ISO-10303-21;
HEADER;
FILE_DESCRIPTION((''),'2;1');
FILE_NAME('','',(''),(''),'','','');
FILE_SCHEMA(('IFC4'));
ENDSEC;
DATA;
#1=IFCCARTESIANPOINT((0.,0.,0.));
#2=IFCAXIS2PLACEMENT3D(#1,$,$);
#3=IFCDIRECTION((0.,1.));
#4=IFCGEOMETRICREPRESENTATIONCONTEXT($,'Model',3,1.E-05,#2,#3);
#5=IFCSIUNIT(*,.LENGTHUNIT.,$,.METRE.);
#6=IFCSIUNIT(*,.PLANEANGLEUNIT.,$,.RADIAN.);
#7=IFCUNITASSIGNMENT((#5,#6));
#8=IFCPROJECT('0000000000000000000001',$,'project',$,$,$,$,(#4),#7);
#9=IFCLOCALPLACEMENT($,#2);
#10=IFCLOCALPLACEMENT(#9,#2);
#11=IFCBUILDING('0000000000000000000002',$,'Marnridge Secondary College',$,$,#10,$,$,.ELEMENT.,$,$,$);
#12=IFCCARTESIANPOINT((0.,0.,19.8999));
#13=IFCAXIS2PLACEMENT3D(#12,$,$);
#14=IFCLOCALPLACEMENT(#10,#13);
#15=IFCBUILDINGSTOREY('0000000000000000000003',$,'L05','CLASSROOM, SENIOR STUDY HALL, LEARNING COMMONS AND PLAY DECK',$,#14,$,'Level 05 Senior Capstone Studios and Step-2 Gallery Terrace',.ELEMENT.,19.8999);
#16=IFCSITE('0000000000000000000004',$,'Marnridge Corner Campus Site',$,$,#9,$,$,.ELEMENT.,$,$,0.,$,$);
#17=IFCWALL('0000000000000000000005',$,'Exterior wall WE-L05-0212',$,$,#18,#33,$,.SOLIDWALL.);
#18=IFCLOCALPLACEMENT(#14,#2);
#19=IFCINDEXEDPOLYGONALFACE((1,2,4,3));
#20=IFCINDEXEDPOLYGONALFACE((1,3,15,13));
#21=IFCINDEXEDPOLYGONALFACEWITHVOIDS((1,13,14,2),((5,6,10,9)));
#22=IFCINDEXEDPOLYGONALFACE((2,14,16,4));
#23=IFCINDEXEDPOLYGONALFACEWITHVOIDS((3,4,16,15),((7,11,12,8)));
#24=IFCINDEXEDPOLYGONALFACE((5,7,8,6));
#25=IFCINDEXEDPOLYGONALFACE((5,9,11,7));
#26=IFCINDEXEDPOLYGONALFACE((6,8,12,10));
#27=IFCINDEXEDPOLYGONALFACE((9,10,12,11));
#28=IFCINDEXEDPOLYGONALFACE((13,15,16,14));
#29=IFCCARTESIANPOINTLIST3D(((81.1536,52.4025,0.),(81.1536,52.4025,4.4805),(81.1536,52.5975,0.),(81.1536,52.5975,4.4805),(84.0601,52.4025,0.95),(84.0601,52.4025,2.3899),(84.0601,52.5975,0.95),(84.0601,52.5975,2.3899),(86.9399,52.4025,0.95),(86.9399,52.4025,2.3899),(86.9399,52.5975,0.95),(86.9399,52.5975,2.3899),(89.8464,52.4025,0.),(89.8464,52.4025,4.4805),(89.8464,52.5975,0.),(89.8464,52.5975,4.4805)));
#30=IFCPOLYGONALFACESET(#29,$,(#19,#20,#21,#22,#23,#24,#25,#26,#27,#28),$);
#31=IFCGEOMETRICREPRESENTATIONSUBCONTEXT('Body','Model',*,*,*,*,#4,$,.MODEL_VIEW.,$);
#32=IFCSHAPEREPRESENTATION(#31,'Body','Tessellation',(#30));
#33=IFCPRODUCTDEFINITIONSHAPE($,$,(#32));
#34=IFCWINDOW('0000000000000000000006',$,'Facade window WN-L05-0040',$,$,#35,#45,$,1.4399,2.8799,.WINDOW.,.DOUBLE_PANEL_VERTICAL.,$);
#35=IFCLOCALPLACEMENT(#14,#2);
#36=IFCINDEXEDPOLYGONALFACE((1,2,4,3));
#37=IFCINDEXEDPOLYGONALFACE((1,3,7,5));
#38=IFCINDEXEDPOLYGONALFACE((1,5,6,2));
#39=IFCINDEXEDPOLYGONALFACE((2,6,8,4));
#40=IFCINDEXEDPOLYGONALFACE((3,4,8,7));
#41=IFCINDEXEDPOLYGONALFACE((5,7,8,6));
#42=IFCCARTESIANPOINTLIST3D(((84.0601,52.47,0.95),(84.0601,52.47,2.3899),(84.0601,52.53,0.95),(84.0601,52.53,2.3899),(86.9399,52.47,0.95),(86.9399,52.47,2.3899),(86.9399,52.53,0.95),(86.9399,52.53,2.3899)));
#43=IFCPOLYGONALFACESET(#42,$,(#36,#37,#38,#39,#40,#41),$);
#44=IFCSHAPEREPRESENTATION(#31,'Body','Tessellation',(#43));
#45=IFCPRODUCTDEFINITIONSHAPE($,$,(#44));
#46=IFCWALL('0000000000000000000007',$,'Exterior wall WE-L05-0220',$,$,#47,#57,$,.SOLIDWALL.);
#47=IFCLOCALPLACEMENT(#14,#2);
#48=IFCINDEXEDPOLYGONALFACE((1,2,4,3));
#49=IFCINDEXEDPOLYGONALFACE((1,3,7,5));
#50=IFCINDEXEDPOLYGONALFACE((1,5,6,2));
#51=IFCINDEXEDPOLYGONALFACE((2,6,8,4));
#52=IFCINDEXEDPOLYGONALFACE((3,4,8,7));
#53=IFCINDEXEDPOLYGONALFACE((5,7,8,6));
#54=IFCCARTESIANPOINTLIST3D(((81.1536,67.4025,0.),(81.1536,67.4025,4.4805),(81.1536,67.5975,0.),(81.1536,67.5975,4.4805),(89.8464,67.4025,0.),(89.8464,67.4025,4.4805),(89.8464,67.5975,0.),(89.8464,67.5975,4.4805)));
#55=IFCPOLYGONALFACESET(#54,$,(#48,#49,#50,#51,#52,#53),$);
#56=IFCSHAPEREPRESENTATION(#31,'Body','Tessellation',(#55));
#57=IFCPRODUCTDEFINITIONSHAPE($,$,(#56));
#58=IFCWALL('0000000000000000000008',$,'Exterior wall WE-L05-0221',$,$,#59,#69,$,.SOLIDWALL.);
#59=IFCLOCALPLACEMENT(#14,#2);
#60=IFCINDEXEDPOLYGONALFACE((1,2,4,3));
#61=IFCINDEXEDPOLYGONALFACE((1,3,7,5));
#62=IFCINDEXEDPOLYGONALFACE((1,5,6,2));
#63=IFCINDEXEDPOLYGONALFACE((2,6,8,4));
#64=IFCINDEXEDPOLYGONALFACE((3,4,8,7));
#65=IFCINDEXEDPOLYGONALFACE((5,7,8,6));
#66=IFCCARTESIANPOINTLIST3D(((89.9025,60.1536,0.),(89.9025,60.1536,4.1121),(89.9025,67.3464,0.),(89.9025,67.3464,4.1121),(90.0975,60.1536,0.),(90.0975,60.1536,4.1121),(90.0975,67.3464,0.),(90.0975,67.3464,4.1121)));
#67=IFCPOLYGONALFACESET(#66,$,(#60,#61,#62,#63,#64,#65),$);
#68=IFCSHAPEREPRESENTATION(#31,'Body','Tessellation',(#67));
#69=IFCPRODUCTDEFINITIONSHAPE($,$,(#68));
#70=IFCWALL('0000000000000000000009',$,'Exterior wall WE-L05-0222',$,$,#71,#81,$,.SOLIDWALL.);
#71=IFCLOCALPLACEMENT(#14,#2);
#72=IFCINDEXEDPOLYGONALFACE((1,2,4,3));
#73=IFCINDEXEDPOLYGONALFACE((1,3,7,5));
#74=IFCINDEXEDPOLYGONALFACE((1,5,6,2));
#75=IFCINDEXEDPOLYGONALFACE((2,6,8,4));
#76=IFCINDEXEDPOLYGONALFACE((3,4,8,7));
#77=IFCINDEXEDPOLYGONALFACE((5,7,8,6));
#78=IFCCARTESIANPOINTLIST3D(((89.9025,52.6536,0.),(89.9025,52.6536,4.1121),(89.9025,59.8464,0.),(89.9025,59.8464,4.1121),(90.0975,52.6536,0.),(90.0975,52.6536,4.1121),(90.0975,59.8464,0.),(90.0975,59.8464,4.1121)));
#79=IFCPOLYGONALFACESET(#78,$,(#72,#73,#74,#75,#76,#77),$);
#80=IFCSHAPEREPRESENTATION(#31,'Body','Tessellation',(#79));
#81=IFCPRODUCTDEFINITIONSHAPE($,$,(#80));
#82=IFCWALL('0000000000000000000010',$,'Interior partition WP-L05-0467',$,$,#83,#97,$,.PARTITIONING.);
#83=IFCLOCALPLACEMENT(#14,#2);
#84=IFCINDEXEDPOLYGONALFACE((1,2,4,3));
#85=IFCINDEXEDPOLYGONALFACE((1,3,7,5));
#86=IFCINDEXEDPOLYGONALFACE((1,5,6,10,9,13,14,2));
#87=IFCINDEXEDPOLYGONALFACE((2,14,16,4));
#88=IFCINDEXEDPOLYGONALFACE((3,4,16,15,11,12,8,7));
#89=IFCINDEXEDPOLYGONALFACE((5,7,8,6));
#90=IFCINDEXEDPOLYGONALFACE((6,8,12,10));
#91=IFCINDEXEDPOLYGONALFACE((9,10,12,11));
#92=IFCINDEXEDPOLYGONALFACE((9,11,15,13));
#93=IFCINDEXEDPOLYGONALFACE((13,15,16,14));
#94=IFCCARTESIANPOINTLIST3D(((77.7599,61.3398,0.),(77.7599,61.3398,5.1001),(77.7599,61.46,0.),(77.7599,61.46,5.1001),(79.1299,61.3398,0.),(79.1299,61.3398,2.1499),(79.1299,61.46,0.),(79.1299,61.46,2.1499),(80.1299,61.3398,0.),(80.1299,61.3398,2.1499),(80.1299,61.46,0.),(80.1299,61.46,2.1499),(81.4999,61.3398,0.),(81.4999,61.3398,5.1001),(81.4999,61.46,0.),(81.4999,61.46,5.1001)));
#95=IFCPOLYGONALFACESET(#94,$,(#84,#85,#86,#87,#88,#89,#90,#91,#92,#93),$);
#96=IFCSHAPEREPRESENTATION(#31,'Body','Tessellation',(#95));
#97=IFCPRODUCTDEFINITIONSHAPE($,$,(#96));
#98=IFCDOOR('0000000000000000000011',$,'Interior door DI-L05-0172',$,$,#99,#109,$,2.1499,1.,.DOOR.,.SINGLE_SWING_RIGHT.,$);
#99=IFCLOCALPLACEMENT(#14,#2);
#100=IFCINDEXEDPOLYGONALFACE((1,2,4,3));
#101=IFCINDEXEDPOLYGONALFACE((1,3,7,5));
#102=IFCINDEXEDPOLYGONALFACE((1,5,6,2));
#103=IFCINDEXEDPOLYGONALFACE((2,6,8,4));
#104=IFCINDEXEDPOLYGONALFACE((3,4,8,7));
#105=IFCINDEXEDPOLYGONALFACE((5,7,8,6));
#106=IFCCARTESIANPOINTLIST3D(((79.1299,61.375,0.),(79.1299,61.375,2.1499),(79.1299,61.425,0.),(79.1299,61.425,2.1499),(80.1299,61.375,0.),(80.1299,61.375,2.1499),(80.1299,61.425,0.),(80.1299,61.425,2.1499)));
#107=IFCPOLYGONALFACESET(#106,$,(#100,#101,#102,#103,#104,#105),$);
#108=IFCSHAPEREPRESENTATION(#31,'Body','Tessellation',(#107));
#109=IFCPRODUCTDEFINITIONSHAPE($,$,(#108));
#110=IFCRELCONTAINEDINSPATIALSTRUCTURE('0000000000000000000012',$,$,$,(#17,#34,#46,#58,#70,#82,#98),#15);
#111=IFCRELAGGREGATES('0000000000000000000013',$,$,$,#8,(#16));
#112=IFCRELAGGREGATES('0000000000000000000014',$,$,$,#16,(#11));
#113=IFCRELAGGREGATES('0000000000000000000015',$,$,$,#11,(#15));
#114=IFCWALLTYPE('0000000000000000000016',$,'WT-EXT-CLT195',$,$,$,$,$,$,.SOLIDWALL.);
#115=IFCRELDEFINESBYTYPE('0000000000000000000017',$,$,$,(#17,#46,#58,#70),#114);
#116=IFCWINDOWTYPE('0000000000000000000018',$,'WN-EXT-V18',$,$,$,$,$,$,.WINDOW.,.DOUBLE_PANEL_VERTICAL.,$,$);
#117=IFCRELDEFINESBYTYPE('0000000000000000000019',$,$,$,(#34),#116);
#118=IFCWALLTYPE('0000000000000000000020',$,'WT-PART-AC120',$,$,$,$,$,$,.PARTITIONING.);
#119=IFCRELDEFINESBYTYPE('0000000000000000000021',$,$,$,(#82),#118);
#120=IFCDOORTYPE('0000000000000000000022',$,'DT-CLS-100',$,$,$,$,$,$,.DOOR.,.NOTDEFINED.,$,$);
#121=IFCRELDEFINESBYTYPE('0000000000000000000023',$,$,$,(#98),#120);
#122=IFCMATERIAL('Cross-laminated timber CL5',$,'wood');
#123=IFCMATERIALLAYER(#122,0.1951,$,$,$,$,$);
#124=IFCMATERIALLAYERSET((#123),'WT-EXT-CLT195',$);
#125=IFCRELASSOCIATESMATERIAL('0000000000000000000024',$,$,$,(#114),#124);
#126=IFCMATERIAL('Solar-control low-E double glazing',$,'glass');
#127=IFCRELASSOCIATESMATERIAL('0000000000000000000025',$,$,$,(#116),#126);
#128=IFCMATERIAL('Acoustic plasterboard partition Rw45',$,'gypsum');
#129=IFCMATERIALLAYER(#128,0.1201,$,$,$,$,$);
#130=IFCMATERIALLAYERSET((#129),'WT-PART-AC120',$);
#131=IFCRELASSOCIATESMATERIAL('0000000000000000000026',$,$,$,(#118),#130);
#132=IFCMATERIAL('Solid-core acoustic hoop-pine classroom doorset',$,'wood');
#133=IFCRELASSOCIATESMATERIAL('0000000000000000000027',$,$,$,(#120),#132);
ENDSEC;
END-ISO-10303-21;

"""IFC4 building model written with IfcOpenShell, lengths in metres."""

from ifc_helpers import new_model, si_unit, direction, frame, frame_2d, origin, place, context, subcontext, project, spatial, rectangle, extrude, material, layer, layer_set, type_object, element, fill, save


model = new_model("IFC4")

# Units and contexts
model_context = context("Model", 3, precision=1e-05, world=origin(), true_north=direction((0.0, 1.0)))
body_context = subcontext(model_context, "Body", "Model", "MODEL_VIEW")
ifc_project = project(units=[si_unit("LENGTHUNIT", "METRE"), si_unit("PLANEANGLEUNIT", "RADIAN")], contexts=[model_context])

# Site, building, storey
site_placement = place(None, origin())
site = spatial("IfcSite", under=ifc_project, at=site_placement, Name="Marnridge Corner Campus Site", CompositionType="ELEMENT", RefElevation=0.0)
building_placement = place(site_placement, origin())
building = spatial("IfcBuilding", under=site, at=building_placement, Name="Marnridge Secondary College", CompositionType="ELEMENT")
storey_placement = place(building_placement, frame((0.0, 0.0, 19.8999)))
storey = spatial("IfcBuildingStorey", under=building, at=storey_placement, Name="L05", Description="CLASSROOM, SENIOR STUDY HALL, LEARNING COMMONS AND PLAY DECK", LongName="Level 05 Senior Capstone Studios and Step-2 Gallery Terrace", CompositionType="ELEMENT", Elevation=19.8999)

# Wall, opening, window
ifc_material_1 = material(Name="Cross-laminated timber CL5", Category="wood")
ifc_layer_1 = layer(ifc_material_1, 0.1951)
ifc_layer_set_1 = layer_set([ifc_layer_1], Name="WT-EXT-CLT195")
wall_type_1 = type_object("IfcWallType", Name="WT-EXT-CLT195", PredefinedType="SOLIDWALL", material=ifc_layer_set_1)
wall_1_placement = place(storey_placement, frame((89.8464, 52.5, 0.0), z_axis=(0.0, 0.0, 1.0), x_axis=(-1.0, 0.0, 0.0)))
wall_1 = element("IfcWall", 1, at=wall_1_placement, inside=storey, type_object=wall_type_1, Name="Exterior wall WE-L05-0212", PredefinedType="SOLIDWALL", context=body_context, shape_type="SweptSolid", body=[
    extrude(rectangle(XDim=8.6929, YDim=0.1951, at=frame_2d((4.3464, 0.0))), origin(), (0.0, 0.0, 1.0), 4.4805),
])
opening_1_placement = place(wall_1_placement, frame((2.9065, 0.0, 0.95)))
opening_1 = element("IfcOpeningElement", 2, at=opening_1_placement, cuts=wall_1, PredefinedType="OPENING", context=body_context, shape_type="SweptSolid", body=[
    extrude(rectangle(XDim=2.8799, YDim=1.4399, at=frame_2d((1.4399, 0.72))), frame((0.0, 0.1074, 0.0), z_axis=(0.0, -1.0, 0.0), x_axis=(1.0, 0.0, 0.0)), (0.0, 0.0, 1.0), 0.2151),
])
ifc_material_2 = material(Name="Solar-control low-E double glazing", Category="glass")
window_type = type_object("IfcWindowType", Name="WN-EXT-V18", PartitioningType="DOUBLE_PANEL_VERTICAL", PredefinedType="WINDOW", material=ifc_material_2)
window_placement = place(opening_1_placement, origin())
window = element("IfcWindow", 3, at=window_placement, inside=storey, type_object=window_type, Name="Facade window WN-L05-0040", OverallHeight=1.4399, OverallWidth=2.8799, PartitioningType="DOUBLE_PANEL_VERTICAL", PredefinedType="WINDOW", context=body_context, shape_type="SweptSolid", body=[
    extrude(rectangle(XDim=2.8799, YDim=1.4399, at=frame_2d((1.4399, 0.72))), frame((0.0, 0.03, 0.0), z_axis=(0.0, -1.0, 0.0), x_axis=(1.0, 0.0, 0.0)), (0.0, 0.0, 1.0), 0.0601),
])
fill(opening_1, window)

# Walls
wall_2_placement = place(storey_placement, frame((81.1536, 67.5, 0.0), z_axis=(0.0, 0.0, 1.0), x_axis=(1.0, 0.0, 0.0)))
element("IfcWall", 4, at=wall_2_placement, inside=storey, type_object=wall_type_1, Name="Exterior wall WE-L05-0220", PredefinedType="SOLIDWALL", context=body_context, shape_type="SweptSolid", body=[
    extrude(rectangle(XDim=8.6929, YDim=0.1951, at=frame_2d((4.3464, 0.0))), origin(), (0.0, 0.0, 1.0), 4.4805),
])
for number, where, z_axis, x_axis, name in (
    (5, (90.0, 67.3464, 0.0), (0.0, 0.0, 1.0), (0.0, -1.0, 0.0), "Exterior wall WE-L05-0221"),
    (6, (90.0, 59.8464, 0.0), (0.0, 0.0, 1.0), (0.0, -1.0, 0.0), "Exterior wall WE-L05-0222"),
):
    element("IfcWall", number, at=place(storey_placement, frame(where, z_axis=z_axis, x_axis=x_axis)), inside=storey, type_object=wall_type_1, Name=name, PredefinedType="SOLIDWALL", context=body_context, shape_type="SweptSolid", body=[
        extrude(rectangle(XDim=7.1929, YDim=0.1951, at=frame_2d((3.5964, 0.0))), origin(), (0.0, 0.0, 1.0), 4.1121),
    ])

# Wall, opening, door
ifc_material_3 = material(Name="Acoustic plasterboard partition Rw45", Category="gypsum")
ifc_layer_2 = layer(ifc_material_3, 0.1201)
ifc_layer_set_2 = layer_set([ifc_layer_2], Name="WT-PART-AC120")
wall_type_2 = type_object("IfcWallType", Name="WT-PART-AC120", PredefinedType="PARTITIONING", material=ifc_layer_set_2)
wall_3_placement = place(storey_placement, frame((81.5, 61.3999, 0.0), z_axis=(0.0, 0.0, 1.0), x_axis=(-1.0, 0.0, 0.0)))
wall_3 = element("IfcWall", 7, at=wall_3_placement, inside=storey, type_object=wall_type_2, Name="Interior partition WP-L05-0467", PredefinedType="PARTITIONING", context=body_context, shape_type="SweptSolid", body=[
    extrude(rectangle(XDim=3.74, YDim=0.1201, at=frame_2d((1.8701, 0.0))), origin(), (0.0, 0.0, 1.0), 5.1001),
])
opening_2_placement = place(wall_3_placement, frame((1.3701, 0.0, 0.0)))
opening_2 = element("IfcOpeningElement", 8, at=opening_2_placement, cuts=wall_3, PredefinedType="OPENING", context=body_context, shape_type="SweptSolid", body=[
    extrude(rectangle(XDim=1.0, YDim=2.1499, at=frame_2d((0.5, 1.075))), frame((0.0, 0.0701, 0.0), z_axis=(0.0, -1.0, 0.0), x_axis=(1.0, 0.0, 0.0)), (0.0, 0.0, 1.0), 0.1401),
])
ifc_material_4 = material(Name="Solid-core acoustic hoop-pine classroom doorset", Category="wood")
door_type_1 = type_object("IfcDoorType", Name="DT-CLS-100", OperationType="NOTDEFINED", PredefinedType="DOOR", material=ifc_material_4)
door_1_placement = place(opening_2_placement, origin())
door_1 = element("IfcDoor", 9, at=door_1_placement, inside=storey, type_object=door_type_1, Name="Interior door DI-L05-0172", OperationType="SINGLE_SWING_RIGHT", OverallHeight=2.1499, OverallWidth=1.0, PredefinedType="DOOR", context=body_context, shape_type="SweptSolid", body=[
    extrude(rectangle(XDim=1.0, YDim=2.1499, at=frame_2d((0.5, 1.075))), frame((0.0, 0.0249, 0.0), z_axis=(0.0, -1.0, 0.0), x_axis=(1.0, 0.0, 0.0)), (0.0, 0.0, 1.0), 0.05),
])
fill(opening_2, door_1)

save(model, "model.ifc")
